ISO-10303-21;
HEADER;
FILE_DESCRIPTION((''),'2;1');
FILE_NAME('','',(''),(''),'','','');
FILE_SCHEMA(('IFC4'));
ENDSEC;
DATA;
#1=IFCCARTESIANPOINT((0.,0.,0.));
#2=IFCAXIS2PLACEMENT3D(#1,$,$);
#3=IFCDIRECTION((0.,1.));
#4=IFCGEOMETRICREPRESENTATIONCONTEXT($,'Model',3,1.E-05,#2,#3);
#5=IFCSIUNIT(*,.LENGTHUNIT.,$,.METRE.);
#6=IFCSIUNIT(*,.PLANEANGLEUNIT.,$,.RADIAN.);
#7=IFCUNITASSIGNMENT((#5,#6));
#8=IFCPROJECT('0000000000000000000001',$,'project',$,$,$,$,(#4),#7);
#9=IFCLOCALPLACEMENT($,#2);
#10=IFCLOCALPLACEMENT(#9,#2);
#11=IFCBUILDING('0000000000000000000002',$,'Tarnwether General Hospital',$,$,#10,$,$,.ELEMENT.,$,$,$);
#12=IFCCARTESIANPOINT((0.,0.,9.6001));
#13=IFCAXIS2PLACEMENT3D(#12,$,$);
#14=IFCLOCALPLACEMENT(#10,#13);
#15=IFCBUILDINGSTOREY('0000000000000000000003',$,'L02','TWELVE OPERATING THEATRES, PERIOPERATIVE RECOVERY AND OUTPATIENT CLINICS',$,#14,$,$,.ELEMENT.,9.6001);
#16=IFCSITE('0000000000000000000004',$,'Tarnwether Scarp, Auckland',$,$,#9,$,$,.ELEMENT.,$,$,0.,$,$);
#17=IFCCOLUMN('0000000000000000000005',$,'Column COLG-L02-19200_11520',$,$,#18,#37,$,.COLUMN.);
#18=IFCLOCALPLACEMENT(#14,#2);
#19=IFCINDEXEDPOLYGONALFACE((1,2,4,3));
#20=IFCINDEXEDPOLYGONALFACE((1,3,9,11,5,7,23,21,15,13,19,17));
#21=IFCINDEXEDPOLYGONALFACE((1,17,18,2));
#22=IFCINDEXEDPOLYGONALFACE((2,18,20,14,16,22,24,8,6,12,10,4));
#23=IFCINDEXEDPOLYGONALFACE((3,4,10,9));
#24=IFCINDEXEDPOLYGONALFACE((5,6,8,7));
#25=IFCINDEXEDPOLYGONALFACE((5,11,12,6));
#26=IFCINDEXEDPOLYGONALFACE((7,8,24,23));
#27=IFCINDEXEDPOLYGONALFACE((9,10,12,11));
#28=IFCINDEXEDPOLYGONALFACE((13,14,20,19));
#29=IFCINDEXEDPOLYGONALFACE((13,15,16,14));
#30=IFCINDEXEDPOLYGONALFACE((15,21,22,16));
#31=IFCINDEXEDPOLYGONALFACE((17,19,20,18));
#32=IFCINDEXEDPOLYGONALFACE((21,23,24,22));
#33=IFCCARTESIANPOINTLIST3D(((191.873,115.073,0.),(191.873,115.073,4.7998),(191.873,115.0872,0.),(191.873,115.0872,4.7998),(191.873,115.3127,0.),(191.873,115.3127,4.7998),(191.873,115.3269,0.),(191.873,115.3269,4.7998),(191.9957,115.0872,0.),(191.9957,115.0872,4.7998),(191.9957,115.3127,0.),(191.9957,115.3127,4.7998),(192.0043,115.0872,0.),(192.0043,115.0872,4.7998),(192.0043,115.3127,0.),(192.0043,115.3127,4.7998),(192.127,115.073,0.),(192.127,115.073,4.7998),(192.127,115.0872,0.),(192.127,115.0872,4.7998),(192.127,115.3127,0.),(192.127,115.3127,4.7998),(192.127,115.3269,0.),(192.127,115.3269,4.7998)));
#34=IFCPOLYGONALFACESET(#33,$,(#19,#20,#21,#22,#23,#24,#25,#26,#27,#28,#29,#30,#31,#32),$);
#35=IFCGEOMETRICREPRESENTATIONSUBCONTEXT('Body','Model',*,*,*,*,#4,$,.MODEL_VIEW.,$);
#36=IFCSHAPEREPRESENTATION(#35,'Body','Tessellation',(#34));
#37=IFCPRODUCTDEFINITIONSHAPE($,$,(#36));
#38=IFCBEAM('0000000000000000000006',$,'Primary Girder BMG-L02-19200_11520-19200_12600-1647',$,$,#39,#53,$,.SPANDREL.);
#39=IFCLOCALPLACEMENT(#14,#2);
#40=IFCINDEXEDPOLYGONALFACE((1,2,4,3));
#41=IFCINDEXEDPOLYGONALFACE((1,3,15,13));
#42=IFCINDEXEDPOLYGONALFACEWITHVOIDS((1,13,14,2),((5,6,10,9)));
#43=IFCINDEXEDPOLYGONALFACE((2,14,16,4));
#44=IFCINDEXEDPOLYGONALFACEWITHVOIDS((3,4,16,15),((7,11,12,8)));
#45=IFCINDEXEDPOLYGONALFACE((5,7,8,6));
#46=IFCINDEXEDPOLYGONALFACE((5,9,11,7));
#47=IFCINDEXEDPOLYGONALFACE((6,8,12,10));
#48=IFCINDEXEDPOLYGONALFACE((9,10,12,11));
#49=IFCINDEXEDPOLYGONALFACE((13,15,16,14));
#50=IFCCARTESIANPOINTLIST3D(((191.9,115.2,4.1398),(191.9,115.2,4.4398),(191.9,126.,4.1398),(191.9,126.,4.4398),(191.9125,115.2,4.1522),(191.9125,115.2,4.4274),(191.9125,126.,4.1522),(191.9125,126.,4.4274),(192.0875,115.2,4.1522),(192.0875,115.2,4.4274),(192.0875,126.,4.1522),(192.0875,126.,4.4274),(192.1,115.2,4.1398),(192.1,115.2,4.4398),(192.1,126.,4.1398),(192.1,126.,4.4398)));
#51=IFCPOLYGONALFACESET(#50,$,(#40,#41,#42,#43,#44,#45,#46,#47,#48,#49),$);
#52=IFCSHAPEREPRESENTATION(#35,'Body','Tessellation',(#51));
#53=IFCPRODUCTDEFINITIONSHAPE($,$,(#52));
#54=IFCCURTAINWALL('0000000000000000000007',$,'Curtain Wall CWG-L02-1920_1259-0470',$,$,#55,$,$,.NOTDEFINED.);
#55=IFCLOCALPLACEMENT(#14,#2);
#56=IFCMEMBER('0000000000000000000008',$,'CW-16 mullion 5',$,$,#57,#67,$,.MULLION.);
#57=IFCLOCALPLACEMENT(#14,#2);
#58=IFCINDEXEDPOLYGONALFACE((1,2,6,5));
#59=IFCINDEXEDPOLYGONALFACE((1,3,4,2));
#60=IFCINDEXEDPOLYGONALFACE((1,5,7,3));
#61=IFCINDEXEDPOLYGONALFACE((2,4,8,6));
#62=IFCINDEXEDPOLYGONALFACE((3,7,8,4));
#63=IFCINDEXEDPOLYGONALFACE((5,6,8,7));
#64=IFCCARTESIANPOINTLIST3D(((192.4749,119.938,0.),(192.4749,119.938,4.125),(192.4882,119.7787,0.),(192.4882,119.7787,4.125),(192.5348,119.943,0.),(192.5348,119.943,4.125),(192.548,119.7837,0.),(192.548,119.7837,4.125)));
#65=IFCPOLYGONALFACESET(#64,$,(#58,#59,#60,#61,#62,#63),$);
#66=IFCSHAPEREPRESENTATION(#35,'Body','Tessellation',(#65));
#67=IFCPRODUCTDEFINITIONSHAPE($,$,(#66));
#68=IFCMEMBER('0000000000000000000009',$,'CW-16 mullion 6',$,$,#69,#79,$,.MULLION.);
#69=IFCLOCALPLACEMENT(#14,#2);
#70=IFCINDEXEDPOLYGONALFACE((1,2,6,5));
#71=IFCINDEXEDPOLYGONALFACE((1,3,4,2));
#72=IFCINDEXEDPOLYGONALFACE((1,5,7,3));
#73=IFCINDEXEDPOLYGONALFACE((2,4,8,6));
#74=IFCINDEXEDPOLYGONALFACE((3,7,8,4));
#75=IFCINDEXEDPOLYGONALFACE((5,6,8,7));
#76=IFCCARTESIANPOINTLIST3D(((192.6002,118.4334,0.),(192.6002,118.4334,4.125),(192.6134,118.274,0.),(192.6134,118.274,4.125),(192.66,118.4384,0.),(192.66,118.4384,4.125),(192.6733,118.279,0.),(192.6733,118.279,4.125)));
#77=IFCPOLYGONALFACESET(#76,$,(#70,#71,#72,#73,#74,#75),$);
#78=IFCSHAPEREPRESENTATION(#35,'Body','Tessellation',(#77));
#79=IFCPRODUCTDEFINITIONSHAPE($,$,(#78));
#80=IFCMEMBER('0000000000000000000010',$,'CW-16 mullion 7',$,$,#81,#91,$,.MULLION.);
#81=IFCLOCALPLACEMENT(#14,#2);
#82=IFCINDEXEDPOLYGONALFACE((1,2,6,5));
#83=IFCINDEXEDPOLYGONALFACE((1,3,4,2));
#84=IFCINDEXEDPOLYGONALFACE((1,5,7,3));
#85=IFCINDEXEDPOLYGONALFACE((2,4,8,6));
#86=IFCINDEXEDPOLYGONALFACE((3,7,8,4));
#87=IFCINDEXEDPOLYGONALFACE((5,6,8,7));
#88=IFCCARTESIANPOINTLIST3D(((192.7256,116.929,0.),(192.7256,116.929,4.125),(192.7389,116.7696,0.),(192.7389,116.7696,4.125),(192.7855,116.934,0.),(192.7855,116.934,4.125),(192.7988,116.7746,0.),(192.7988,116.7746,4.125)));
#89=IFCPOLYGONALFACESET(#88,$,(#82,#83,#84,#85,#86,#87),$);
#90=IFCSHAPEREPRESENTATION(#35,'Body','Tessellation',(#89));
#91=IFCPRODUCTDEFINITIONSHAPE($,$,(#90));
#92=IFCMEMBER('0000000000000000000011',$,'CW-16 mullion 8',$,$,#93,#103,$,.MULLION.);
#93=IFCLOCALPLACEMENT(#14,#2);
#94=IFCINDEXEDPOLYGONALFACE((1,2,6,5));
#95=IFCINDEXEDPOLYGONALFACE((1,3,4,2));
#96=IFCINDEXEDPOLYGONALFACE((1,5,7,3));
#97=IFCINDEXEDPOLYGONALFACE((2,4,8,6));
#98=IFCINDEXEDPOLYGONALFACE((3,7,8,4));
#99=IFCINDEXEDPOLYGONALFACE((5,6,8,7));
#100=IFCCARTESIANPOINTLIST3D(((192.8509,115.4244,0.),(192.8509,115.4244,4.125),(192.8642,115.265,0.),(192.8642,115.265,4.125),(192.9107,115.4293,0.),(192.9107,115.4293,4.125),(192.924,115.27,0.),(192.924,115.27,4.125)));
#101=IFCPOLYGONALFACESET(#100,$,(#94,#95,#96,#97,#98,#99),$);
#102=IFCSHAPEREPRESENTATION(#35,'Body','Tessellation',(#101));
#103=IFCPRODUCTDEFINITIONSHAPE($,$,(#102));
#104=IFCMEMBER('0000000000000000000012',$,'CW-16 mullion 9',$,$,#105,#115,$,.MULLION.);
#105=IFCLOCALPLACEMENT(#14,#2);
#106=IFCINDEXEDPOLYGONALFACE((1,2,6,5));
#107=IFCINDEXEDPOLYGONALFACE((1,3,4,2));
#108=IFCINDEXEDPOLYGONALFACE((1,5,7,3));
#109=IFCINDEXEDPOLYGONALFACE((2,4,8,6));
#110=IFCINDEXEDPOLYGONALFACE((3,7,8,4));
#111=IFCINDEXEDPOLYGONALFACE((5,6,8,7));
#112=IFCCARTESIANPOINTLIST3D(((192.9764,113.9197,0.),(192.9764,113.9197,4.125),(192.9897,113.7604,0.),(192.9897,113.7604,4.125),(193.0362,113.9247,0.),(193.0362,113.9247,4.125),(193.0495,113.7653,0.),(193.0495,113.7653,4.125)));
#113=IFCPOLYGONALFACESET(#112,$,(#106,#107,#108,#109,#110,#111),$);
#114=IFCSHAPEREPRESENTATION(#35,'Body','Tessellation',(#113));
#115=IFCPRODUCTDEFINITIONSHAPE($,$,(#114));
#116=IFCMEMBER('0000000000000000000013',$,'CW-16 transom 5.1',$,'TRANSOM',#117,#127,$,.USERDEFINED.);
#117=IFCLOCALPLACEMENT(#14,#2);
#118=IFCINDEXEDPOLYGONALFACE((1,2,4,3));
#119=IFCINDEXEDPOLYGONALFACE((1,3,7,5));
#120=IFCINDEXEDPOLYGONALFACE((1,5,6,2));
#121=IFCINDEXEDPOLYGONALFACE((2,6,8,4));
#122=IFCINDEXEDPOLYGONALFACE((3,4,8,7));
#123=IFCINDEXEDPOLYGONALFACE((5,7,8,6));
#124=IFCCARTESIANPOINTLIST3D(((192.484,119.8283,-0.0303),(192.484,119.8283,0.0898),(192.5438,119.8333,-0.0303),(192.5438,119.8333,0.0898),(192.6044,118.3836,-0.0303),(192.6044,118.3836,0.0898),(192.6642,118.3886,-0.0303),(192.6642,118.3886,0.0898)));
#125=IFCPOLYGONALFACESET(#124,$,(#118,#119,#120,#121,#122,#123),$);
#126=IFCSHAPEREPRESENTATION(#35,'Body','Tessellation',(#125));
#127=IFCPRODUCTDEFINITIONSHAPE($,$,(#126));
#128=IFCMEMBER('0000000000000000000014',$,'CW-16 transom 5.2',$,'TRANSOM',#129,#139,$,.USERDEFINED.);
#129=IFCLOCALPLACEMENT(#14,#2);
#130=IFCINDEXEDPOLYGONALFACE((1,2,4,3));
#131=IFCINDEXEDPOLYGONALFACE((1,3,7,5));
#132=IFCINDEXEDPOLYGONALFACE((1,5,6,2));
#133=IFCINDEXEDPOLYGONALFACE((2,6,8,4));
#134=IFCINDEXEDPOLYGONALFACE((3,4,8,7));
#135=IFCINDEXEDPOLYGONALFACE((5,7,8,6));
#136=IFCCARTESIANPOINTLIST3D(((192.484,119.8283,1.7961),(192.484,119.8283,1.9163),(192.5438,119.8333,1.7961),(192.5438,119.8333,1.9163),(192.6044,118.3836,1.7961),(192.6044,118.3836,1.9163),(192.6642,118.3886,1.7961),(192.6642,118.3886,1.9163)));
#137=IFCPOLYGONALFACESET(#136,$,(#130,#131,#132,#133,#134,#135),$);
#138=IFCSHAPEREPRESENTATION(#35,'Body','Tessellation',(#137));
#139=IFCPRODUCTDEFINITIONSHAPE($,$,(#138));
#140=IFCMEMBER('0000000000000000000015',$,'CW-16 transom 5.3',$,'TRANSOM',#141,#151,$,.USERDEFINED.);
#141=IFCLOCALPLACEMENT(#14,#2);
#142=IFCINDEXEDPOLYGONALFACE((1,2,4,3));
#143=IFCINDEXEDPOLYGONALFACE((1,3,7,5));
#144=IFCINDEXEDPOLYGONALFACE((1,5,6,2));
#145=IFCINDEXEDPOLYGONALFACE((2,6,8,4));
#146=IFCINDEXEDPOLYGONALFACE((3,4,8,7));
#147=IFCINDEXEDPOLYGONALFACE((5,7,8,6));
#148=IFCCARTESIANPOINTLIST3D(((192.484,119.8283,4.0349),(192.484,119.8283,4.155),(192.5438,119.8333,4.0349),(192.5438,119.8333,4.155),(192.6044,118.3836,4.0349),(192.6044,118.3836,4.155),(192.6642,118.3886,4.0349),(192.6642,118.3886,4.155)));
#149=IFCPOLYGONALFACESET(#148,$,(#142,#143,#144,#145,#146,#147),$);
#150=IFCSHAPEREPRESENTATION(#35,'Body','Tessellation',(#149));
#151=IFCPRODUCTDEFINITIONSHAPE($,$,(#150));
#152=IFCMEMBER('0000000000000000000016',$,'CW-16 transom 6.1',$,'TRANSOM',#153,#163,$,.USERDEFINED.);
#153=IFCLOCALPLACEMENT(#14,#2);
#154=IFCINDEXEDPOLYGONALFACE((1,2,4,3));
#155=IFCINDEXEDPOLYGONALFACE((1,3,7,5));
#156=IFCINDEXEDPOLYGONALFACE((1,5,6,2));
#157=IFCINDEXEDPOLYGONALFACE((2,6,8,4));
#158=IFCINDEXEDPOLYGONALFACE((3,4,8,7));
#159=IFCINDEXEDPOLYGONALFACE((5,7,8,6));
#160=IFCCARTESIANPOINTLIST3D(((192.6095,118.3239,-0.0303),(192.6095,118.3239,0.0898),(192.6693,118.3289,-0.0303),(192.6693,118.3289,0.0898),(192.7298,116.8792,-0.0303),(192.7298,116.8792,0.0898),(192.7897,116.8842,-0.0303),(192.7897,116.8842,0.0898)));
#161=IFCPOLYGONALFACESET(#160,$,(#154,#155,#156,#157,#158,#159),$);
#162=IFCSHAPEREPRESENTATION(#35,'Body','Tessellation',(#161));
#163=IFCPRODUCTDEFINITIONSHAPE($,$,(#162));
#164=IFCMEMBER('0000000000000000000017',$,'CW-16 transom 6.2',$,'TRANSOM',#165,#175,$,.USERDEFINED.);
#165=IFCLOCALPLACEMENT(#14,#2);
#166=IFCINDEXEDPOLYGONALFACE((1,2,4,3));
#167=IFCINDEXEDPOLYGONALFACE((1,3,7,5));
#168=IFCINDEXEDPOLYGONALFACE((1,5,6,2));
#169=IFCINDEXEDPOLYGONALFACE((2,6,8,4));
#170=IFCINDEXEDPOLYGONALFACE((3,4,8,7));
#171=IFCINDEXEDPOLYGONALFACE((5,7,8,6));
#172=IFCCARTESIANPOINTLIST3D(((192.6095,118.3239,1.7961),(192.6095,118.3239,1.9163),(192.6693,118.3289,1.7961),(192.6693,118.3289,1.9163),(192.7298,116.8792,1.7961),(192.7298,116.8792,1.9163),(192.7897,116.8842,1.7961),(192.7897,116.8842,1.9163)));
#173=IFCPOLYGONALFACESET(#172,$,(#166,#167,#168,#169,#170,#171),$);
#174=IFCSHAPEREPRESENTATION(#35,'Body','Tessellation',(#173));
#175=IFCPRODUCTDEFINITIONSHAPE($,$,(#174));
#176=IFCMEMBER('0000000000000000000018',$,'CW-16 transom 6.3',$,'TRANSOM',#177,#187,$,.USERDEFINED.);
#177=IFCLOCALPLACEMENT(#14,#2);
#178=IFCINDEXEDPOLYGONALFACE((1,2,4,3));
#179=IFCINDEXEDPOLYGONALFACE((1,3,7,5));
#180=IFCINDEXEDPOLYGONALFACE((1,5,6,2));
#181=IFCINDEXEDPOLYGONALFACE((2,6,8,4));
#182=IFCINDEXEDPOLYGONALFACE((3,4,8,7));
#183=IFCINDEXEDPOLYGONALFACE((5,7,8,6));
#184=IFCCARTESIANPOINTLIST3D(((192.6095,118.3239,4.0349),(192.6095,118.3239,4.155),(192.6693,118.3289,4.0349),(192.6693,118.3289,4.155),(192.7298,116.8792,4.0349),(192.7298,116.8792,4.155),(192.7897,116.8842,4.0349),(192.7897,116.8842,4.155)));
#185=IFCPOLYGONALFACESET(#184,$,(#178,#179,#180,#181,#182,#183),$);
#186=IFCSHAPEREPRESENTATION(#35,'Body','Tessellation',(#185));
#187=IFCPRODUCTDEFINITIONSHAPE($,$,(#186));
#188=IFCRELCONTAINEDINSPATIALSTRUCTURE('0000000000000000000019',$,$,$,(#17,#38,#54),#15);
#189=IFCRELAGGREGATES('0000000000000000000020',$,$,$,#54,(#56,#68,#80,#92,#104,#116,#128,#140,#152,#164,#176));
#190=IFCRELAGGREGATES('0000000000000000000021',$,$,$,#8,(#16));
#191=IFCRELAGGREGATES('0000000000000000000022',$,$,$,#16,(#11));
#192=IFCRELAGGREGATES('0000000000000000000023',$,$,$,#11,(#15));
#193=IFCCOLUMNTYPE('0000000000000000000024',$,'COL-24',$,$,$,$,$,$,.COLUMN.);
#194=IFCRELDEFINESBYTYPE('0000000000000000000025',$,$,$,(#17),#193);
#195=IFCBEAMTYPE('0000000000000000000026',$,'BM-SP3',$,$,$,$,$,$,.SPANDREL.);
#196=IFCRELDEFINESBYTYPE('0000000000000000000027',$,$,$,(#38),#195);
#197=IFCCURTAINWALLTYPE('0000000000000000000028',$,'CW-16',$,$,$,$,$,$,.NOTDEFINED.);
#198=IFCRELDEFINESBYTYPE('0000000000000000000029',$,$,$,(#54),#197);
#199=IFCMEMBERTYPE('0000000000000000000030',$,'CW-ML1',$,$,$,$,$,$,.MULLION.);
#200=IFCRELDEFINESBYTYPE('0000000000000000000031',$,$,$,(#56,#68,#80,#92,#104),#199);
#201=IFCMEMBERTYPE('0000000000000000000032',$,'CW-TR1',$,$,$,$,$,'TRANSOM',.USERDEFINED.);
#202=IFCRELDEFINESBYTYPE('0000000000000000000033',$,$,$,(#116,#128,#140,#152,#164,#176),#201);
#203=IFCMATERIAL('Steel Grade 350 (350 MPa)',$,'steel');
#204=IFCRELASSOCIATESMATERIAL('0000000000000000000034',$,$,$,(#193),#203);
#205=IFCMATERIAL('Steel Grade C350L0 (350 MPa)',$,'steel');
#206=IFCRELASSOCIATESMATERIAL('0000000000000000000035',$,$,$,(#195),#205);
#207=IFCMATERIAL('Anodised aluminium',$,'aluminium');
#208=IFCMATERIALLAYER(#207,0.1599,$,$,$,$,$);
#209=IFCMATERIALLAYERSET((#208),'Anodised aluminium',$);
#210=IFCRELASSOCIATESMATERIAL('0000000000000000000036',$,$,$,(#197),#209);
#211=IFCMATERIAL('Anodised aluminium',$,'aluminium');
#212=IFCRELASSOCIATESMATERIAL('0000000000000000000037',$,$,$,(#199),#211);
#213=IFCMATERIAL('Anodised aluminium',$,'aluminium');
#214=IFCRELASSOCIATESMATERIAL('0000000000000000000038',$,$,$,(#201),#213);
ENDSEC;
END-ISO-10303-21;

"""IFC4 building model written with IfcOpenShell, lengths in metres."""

from ifc_helpers import new_model, si_unit, direction, frame, origin, origin_2d, place, context, subcontext, project, spatial, rectangle, hollow_rectangle, i_section, extrude, material, layer, layer_set, material_profile, profile_set, type_object, element, aggregate, save


model = new_model("IFC4")

# Units and contexts
model_context = context("Model", 3, precision=1e-05, world=origin(), true_north=direction((0.0, 1.0)))
body_context = subcontext(model_context, "Body", "Model", "MODEL_VIEW")
ifc_project = project(units=[si_unit("LENGTHUNIT", "METRE"), si_unit("PLANEANGLEUNIT", "RADIAN")], contexts=[model_context])

# Site, building, storey
site_placement = place(None, origin())
site = spatial("IfcSite", under=ifc_project, at=site_placement, Name="Tarnwether Scarp, Auckland", CompositionType="ELEMENT", RefElevation=0.0)
building_placement = place(site_placement, origin())
building = spatial("IfcBuilding", under=site, at=building_placement, Name="Tarnwether General Hospital", CompositionType="ELEMENT")
storey_placement = place(building_placement, frame((0.0, 0.0, 9.6001)))
storey = spatial("IfcBuildingStorey", under=building, at=storey_placement, Name="L02", Description="TWELVE OPERATING THEATRES, PERIOPERATIVE RECOVERY AND OUTPATIENT CLINICS", CompositionType="ELEMENT", Elevation=9.6001)

# Column
ifc_material_1 = material(Name="Steel Grade 350 (350 MPa)", Category="steel")
ifc_material_profile_1 = material_profile(ifc_material_1, i_section(OverallWidth=0.2539, OverallDepth=0.2539, WebThickness=0.0085, FlangeThickness=0.0142, at=origin_2d()), Name="250UC72.9")
ifc_profile_set_1 = profile_set([ifc_material_profile_1], Name="Steel Grade 350 (350 MPa)")
column_type = type_object("IfcColumnType", Name="COL-24", PredefinedType="COLUMN", material=ifc_profile_set_1)
column_placement = place(storey_placement, frame((192.0, 115.2, 0.0), z_axis=(0.0, 0.0, 1.0), x_axis=(1.0, 0.0, 0.0)))
element("IfcColumn", 1, at=column_placement, inside=storey, type_object=column_type, Name="Column COLG-L02-19200_11520", PredefinedType="COLUMN", context=body_context, shape_type="SweptSolid", body=[
    extrude(i_section(OverallWidth=0.2539, OverallDepth=0.2539, WebThickness=0.0085, FlangeThickness=0.0142, at=origin_2d()), origin(), (0.0, 0.0, 1.0), 4.7998),
])

# Beam
ifc_material_2 = material(Name="Steel Grade C350L0 (350 MPa)", Category="steel")
ifc_material_profile_2 = material_profile(ifc_material_2, hollow_rectangle(XDim=0.2, YDim=0.3, WallThickness=0.0125, at=origin_2d()), Name="RHS300x200x12.5")
ifc_profile_set_2 = profile_set([ifc_material_profile_2], Name="Steel Grade C350L0 (350 MPa)")
beam_type = type_object("IfcBeamType", Name="BM-SP3", PredefinedType="SPANDREL", material=ifc_profile_set_2)
beam_placement = place(storey_placement, frame((192.0, 115.2, 4.2898), z_axis=(0.0, 1.0, 0.0), x_axis=(-1.0, 0.0, 0.0)))
element("IfcBeam", 2, at=beam_placement, inside=storey, type_object=beam_type, Name="Primary Girder BMG-L02-19200_11520-19200_12600-1647", PredefinedType="SPANDREL", context=body_context, shape_type="SweptSolid", body=[
    extrude(hollow_rectangle(XDim=0.2, YDim=0.3, WallThickness=0.0125, at=origin_2d()), origin(), (0.0, 0.0, 1.0), 10.8),
])

# Curtain wall, members
ifc_material_3 = material(Name="Anodised aluminium", Category="aluminium")
ifc_layer_1 = layer(ifc_material_3, 0.1599)
ifc_layer_set_1 = layer_set([ifc_layer_1], Name="Anodised aluminium")
curtain_wall_type = type_object("IfcCurtainWallType", Name="CW-16", PredefinedType="NOTDEFINED", material=ifc_layer_set_1)
curtain_wall_placement = place(storey_placement, origin())
curtain_wall = element("IfcCurtainWall", 3, at=curtain_wall_placement, inside=storey, type_object=curtain_wall_type, Name="Curtain Wall CWG-L02-1920_1259-0470", PredefinedType="NOTDEFINED")
ifc_material_4 = material(Name="Anodised aluminium", Category="aluminium")
ifc_material_profile_3 = material_profile(ifc_material_4, rectangle(XDim=0.0601, YDim=0.1599, at=origin_2d()), Name="ALU-MUL-60x160")
ifc_profile_set_3 = profile_set([ifc_material_profile_3], Name="Anodised aluminium")
member_type_1 = type_object("IfcMemberType", Name="CW-ML1", PredefinedType="MULLION", material=ifc_profile_set_3)
member_1_placement = place(storey_placement, frame((192.5115, 119.8608, 0.0), z_axis=(0.0, 0.0, 1.0), x_axis=(0.996547, 0.083036, 0.0)))
member_1 = element("IfcMember", 4, at=member_1_placement, type_object=member_type_1, Name="CW-16 mullion 5", PredefinedType="MULLION", context=body_context, shape_type="SweptSolid", body=[
    extrude(rectangle(XDim=0.0601, YDim=0.1599, at=origin_2d()), origin(), (0.0, 0.0, 1.0), 4.125),
])
member_2_placement = place(storey_placement, frame((192.6367, 118.3562, 0.0), z_axis=(0.0, 0.0, 1.0), x_axis=(0.996547, 0.083036, 0.0)))
member_2 = element("IfcMember", 5, at=member_2_placement, type_object=member_type_1, Name="CW-16 mullion 6", PredefinedType="MULLION", context=body_context, shape_type="SweptSolid", body=[
    extrude(rectangle(XDim=0.0601, YDim=0.1599, at=origin_2d()), origin(), (0.0, 0.0, 1.0), 4.125),
])
member_3_placement = place(storey_placement, frame((192.7622, 116.8518, 0.0), z_axis=(0.0, 0.0, 1.0), x_axis=(0.996547, 0.083036, 0.0)))
member_3 = element("IfcMember", 6, at=member_3_placement, type_object=member_type_1, Name="CW-16 mullion 7", PredefinedType="MULLION", context=body_context, shape_type="SweptSolid", body=[
    extrude(rectangle(XDim=0.0601, YDim=0.1599, at=origin_2d()), origin(), (0.0, 0.0, 1.0), 4.125),
])
member_4_placement = place(storey_placement, frame((192.8875, 115.3472, 0.0), z_axis=(0.0, 0.0, 1.0), x_axis=(0.996547, 0.083036, 0.0)))
member_4 = element("IfcMember", 7, at=member_4_placement, type_object=member_type_1, Name="CW-16 mullion 8", PredefinedType="MULLION", context=body_context, shape_type="SweptSolid", body=[
    extrude(rectangle(XDim=0.0601, YDim=0.1599, at=origin_2d()), origin(), (0.0, 0.0, 1.0), 4.125),
])
member_5_placement = place(storey_placement, frame((193.0129, 113.8425, 0.0), z_axis=(0.0, 0.0, 1.0), x_axis=(0.996547, 0.083036, 0.0)))
member_5 = element("IfcMember", 8, at=member_5_placement, type_object=member_type_1, Name="CW-16 mullion 9", PredefinedType="MULLION", context=body_context, shape_type="SweptSolid", body=[
    extrude(rectangle(XDim=0.0601, YDim=0.1599, at=origin_2d()), origin(), (0.0, 0.0, 1.0), 4.125),
])
ifc_material_5 = material(Name="Anodised aluminium", Category="aluminium")
ifc_material_profile_4 = material_profile(ifc_material_5, rectangle(XDim=0.0601, YDim=0.1201, at=origin_2d()), Name="ALU-TRN-60x120")
ifc_profile_set_4 = profile_set([ifc_material_profile_4], Name="Anodised aluminium")
member_type_2 = type_object("IfcMemberType", Name="CW-TR1", ElementType="TRANSOM", PredefinedType="USERDEFINED", material=ifc_profile_set_4)
member_6_placement = place(storey_placement, frame((192.5139, 119.8308, 0.0298), z_axis=(0.083032, -0.996547, 0.0), x_axis=(0.996547, 0.083032, 0.0)))
member_6 = element("IfcMember", 9, at=member_6_placement, type_object=member_type_2, Name="CW-16 transom 5.1", ObjectType="TRANSOM", PredefinedType="USERDEFINED", context=body_context, shape_type="SweptSolid", body=[
    extrude(rectangle(XDim=0.0601, YDim=0.1201, at=origin_2d()), origin(), (0.0, 0.0, 1.0), 1.4497),
])
member_7_placement = place(storey_placement, frame((192.5139, 119.8308, 1.8562), z_axis=(0.083032, -0.996547, 0.0), x_axis=(0.996547, 0.083032, 0.0)))
member_7 = element("IfcMember", 10, at=member_7_placement, type_object=member_type_2, Name="CW-16 transom 5.2", ObjectType="TRANSOM", PredefinedType="USERDEFINED", context=body_context, shape_type="SweptSolid", body=[
    extrude(rectangle(XDim=0.0601, YDim=0.1201, at=origin_2d()), origin(), (0.0, 0.0, 1.0), 1.4497),
])
member_8_placement = place(storey_placement, frame((192.5139, 119.8308, 4.095), z_axis=(0.083032, -0.996547, 0.0), x_axis=(0.996547, 0.083032, 0.0)))
member_8 = element("IfcMember", 11, at=member_8_placement, type_object=member_type_2, Name="CW-16 transom 5.3", ObjectType="TRANSOM", PredefinedType="USERDEFINED", context=body_context, shape_type="SweptSolid", body=[
    extrude(rectangle(XDim=0.0601, YDim=0.1201, at=origin_2d()), origin(), (0.0, 0.0, 1.0), 1.4497),
])
member_9_placement = place(storey_placement, frame((192.6394, 118.3264, 0.0298), z_axis=(0.083018, -0.996548, 0.0), x_axis=(0.996548, 0.083018, 0.0)))
member_9 = element("IfcMember", 12, at=member_9_placement, type_object=member_type_2, Name="CW-16 transom 6.1", ObjectType="TRANSOM", PredefinedType="USERDEFINED", context=body_context, shape_type="SweptSolid", body=[
    extrude(rectangle(XDim=0.0601, YDim=0.1201, at=origin_2d()), origin(), (0.0, 0.0, 1.0), 1.4497),
])
member_10_placement = place(storey_placement, frame((192.6394, 118.3264, 1.8562), z_axis=(0.083018, -0.996548, 0.0), x_axis=(0.996548, 0.083018, 0.0)))
member_10 = element("IfcMember", 13, at=member_10_placement, type_object=member_type_2, Name="CW-16 transom 6.2", ObjectType="TRANSOM", PredefinedType="USERDEFINED", context=body_context, shape_type="SweptSolid", body=[
    extrude(rectangle(XDim=0.0601, YDim=0.1201, at=origin_2d()), origin(), (0.0, 0.0, 1.0), 1.4497),
])
member_11_placement = place(storey_placement, frame((192.6394, 118.3264, 4.095), z_axis=(0.083018, -0.996548, 0.0), x_axis=(0.996548, 0.083018, 0.0)))
member_11 = element("IfcMember", 14, at=member_11_placement, type_object=member_type_2, Name="CW-16 transom 6.3", ObjectType="TRANSOM", PredefinedType="USERDEFINED", context=body_context, shape_type="SweptSolid", body=[
    extrude(rectangle(XDim=0.0601, YDim=0.1201, at=origin_2d()), origin(), (0.0, 0.0, 1.0), 1.4497),
])
aggregate(curtain_wall, [member_1, member_2, member_3, member_4, member_5, member_6, member_7, member_8, member_9, member_10, member_11])

save(model, "model.ifc")
